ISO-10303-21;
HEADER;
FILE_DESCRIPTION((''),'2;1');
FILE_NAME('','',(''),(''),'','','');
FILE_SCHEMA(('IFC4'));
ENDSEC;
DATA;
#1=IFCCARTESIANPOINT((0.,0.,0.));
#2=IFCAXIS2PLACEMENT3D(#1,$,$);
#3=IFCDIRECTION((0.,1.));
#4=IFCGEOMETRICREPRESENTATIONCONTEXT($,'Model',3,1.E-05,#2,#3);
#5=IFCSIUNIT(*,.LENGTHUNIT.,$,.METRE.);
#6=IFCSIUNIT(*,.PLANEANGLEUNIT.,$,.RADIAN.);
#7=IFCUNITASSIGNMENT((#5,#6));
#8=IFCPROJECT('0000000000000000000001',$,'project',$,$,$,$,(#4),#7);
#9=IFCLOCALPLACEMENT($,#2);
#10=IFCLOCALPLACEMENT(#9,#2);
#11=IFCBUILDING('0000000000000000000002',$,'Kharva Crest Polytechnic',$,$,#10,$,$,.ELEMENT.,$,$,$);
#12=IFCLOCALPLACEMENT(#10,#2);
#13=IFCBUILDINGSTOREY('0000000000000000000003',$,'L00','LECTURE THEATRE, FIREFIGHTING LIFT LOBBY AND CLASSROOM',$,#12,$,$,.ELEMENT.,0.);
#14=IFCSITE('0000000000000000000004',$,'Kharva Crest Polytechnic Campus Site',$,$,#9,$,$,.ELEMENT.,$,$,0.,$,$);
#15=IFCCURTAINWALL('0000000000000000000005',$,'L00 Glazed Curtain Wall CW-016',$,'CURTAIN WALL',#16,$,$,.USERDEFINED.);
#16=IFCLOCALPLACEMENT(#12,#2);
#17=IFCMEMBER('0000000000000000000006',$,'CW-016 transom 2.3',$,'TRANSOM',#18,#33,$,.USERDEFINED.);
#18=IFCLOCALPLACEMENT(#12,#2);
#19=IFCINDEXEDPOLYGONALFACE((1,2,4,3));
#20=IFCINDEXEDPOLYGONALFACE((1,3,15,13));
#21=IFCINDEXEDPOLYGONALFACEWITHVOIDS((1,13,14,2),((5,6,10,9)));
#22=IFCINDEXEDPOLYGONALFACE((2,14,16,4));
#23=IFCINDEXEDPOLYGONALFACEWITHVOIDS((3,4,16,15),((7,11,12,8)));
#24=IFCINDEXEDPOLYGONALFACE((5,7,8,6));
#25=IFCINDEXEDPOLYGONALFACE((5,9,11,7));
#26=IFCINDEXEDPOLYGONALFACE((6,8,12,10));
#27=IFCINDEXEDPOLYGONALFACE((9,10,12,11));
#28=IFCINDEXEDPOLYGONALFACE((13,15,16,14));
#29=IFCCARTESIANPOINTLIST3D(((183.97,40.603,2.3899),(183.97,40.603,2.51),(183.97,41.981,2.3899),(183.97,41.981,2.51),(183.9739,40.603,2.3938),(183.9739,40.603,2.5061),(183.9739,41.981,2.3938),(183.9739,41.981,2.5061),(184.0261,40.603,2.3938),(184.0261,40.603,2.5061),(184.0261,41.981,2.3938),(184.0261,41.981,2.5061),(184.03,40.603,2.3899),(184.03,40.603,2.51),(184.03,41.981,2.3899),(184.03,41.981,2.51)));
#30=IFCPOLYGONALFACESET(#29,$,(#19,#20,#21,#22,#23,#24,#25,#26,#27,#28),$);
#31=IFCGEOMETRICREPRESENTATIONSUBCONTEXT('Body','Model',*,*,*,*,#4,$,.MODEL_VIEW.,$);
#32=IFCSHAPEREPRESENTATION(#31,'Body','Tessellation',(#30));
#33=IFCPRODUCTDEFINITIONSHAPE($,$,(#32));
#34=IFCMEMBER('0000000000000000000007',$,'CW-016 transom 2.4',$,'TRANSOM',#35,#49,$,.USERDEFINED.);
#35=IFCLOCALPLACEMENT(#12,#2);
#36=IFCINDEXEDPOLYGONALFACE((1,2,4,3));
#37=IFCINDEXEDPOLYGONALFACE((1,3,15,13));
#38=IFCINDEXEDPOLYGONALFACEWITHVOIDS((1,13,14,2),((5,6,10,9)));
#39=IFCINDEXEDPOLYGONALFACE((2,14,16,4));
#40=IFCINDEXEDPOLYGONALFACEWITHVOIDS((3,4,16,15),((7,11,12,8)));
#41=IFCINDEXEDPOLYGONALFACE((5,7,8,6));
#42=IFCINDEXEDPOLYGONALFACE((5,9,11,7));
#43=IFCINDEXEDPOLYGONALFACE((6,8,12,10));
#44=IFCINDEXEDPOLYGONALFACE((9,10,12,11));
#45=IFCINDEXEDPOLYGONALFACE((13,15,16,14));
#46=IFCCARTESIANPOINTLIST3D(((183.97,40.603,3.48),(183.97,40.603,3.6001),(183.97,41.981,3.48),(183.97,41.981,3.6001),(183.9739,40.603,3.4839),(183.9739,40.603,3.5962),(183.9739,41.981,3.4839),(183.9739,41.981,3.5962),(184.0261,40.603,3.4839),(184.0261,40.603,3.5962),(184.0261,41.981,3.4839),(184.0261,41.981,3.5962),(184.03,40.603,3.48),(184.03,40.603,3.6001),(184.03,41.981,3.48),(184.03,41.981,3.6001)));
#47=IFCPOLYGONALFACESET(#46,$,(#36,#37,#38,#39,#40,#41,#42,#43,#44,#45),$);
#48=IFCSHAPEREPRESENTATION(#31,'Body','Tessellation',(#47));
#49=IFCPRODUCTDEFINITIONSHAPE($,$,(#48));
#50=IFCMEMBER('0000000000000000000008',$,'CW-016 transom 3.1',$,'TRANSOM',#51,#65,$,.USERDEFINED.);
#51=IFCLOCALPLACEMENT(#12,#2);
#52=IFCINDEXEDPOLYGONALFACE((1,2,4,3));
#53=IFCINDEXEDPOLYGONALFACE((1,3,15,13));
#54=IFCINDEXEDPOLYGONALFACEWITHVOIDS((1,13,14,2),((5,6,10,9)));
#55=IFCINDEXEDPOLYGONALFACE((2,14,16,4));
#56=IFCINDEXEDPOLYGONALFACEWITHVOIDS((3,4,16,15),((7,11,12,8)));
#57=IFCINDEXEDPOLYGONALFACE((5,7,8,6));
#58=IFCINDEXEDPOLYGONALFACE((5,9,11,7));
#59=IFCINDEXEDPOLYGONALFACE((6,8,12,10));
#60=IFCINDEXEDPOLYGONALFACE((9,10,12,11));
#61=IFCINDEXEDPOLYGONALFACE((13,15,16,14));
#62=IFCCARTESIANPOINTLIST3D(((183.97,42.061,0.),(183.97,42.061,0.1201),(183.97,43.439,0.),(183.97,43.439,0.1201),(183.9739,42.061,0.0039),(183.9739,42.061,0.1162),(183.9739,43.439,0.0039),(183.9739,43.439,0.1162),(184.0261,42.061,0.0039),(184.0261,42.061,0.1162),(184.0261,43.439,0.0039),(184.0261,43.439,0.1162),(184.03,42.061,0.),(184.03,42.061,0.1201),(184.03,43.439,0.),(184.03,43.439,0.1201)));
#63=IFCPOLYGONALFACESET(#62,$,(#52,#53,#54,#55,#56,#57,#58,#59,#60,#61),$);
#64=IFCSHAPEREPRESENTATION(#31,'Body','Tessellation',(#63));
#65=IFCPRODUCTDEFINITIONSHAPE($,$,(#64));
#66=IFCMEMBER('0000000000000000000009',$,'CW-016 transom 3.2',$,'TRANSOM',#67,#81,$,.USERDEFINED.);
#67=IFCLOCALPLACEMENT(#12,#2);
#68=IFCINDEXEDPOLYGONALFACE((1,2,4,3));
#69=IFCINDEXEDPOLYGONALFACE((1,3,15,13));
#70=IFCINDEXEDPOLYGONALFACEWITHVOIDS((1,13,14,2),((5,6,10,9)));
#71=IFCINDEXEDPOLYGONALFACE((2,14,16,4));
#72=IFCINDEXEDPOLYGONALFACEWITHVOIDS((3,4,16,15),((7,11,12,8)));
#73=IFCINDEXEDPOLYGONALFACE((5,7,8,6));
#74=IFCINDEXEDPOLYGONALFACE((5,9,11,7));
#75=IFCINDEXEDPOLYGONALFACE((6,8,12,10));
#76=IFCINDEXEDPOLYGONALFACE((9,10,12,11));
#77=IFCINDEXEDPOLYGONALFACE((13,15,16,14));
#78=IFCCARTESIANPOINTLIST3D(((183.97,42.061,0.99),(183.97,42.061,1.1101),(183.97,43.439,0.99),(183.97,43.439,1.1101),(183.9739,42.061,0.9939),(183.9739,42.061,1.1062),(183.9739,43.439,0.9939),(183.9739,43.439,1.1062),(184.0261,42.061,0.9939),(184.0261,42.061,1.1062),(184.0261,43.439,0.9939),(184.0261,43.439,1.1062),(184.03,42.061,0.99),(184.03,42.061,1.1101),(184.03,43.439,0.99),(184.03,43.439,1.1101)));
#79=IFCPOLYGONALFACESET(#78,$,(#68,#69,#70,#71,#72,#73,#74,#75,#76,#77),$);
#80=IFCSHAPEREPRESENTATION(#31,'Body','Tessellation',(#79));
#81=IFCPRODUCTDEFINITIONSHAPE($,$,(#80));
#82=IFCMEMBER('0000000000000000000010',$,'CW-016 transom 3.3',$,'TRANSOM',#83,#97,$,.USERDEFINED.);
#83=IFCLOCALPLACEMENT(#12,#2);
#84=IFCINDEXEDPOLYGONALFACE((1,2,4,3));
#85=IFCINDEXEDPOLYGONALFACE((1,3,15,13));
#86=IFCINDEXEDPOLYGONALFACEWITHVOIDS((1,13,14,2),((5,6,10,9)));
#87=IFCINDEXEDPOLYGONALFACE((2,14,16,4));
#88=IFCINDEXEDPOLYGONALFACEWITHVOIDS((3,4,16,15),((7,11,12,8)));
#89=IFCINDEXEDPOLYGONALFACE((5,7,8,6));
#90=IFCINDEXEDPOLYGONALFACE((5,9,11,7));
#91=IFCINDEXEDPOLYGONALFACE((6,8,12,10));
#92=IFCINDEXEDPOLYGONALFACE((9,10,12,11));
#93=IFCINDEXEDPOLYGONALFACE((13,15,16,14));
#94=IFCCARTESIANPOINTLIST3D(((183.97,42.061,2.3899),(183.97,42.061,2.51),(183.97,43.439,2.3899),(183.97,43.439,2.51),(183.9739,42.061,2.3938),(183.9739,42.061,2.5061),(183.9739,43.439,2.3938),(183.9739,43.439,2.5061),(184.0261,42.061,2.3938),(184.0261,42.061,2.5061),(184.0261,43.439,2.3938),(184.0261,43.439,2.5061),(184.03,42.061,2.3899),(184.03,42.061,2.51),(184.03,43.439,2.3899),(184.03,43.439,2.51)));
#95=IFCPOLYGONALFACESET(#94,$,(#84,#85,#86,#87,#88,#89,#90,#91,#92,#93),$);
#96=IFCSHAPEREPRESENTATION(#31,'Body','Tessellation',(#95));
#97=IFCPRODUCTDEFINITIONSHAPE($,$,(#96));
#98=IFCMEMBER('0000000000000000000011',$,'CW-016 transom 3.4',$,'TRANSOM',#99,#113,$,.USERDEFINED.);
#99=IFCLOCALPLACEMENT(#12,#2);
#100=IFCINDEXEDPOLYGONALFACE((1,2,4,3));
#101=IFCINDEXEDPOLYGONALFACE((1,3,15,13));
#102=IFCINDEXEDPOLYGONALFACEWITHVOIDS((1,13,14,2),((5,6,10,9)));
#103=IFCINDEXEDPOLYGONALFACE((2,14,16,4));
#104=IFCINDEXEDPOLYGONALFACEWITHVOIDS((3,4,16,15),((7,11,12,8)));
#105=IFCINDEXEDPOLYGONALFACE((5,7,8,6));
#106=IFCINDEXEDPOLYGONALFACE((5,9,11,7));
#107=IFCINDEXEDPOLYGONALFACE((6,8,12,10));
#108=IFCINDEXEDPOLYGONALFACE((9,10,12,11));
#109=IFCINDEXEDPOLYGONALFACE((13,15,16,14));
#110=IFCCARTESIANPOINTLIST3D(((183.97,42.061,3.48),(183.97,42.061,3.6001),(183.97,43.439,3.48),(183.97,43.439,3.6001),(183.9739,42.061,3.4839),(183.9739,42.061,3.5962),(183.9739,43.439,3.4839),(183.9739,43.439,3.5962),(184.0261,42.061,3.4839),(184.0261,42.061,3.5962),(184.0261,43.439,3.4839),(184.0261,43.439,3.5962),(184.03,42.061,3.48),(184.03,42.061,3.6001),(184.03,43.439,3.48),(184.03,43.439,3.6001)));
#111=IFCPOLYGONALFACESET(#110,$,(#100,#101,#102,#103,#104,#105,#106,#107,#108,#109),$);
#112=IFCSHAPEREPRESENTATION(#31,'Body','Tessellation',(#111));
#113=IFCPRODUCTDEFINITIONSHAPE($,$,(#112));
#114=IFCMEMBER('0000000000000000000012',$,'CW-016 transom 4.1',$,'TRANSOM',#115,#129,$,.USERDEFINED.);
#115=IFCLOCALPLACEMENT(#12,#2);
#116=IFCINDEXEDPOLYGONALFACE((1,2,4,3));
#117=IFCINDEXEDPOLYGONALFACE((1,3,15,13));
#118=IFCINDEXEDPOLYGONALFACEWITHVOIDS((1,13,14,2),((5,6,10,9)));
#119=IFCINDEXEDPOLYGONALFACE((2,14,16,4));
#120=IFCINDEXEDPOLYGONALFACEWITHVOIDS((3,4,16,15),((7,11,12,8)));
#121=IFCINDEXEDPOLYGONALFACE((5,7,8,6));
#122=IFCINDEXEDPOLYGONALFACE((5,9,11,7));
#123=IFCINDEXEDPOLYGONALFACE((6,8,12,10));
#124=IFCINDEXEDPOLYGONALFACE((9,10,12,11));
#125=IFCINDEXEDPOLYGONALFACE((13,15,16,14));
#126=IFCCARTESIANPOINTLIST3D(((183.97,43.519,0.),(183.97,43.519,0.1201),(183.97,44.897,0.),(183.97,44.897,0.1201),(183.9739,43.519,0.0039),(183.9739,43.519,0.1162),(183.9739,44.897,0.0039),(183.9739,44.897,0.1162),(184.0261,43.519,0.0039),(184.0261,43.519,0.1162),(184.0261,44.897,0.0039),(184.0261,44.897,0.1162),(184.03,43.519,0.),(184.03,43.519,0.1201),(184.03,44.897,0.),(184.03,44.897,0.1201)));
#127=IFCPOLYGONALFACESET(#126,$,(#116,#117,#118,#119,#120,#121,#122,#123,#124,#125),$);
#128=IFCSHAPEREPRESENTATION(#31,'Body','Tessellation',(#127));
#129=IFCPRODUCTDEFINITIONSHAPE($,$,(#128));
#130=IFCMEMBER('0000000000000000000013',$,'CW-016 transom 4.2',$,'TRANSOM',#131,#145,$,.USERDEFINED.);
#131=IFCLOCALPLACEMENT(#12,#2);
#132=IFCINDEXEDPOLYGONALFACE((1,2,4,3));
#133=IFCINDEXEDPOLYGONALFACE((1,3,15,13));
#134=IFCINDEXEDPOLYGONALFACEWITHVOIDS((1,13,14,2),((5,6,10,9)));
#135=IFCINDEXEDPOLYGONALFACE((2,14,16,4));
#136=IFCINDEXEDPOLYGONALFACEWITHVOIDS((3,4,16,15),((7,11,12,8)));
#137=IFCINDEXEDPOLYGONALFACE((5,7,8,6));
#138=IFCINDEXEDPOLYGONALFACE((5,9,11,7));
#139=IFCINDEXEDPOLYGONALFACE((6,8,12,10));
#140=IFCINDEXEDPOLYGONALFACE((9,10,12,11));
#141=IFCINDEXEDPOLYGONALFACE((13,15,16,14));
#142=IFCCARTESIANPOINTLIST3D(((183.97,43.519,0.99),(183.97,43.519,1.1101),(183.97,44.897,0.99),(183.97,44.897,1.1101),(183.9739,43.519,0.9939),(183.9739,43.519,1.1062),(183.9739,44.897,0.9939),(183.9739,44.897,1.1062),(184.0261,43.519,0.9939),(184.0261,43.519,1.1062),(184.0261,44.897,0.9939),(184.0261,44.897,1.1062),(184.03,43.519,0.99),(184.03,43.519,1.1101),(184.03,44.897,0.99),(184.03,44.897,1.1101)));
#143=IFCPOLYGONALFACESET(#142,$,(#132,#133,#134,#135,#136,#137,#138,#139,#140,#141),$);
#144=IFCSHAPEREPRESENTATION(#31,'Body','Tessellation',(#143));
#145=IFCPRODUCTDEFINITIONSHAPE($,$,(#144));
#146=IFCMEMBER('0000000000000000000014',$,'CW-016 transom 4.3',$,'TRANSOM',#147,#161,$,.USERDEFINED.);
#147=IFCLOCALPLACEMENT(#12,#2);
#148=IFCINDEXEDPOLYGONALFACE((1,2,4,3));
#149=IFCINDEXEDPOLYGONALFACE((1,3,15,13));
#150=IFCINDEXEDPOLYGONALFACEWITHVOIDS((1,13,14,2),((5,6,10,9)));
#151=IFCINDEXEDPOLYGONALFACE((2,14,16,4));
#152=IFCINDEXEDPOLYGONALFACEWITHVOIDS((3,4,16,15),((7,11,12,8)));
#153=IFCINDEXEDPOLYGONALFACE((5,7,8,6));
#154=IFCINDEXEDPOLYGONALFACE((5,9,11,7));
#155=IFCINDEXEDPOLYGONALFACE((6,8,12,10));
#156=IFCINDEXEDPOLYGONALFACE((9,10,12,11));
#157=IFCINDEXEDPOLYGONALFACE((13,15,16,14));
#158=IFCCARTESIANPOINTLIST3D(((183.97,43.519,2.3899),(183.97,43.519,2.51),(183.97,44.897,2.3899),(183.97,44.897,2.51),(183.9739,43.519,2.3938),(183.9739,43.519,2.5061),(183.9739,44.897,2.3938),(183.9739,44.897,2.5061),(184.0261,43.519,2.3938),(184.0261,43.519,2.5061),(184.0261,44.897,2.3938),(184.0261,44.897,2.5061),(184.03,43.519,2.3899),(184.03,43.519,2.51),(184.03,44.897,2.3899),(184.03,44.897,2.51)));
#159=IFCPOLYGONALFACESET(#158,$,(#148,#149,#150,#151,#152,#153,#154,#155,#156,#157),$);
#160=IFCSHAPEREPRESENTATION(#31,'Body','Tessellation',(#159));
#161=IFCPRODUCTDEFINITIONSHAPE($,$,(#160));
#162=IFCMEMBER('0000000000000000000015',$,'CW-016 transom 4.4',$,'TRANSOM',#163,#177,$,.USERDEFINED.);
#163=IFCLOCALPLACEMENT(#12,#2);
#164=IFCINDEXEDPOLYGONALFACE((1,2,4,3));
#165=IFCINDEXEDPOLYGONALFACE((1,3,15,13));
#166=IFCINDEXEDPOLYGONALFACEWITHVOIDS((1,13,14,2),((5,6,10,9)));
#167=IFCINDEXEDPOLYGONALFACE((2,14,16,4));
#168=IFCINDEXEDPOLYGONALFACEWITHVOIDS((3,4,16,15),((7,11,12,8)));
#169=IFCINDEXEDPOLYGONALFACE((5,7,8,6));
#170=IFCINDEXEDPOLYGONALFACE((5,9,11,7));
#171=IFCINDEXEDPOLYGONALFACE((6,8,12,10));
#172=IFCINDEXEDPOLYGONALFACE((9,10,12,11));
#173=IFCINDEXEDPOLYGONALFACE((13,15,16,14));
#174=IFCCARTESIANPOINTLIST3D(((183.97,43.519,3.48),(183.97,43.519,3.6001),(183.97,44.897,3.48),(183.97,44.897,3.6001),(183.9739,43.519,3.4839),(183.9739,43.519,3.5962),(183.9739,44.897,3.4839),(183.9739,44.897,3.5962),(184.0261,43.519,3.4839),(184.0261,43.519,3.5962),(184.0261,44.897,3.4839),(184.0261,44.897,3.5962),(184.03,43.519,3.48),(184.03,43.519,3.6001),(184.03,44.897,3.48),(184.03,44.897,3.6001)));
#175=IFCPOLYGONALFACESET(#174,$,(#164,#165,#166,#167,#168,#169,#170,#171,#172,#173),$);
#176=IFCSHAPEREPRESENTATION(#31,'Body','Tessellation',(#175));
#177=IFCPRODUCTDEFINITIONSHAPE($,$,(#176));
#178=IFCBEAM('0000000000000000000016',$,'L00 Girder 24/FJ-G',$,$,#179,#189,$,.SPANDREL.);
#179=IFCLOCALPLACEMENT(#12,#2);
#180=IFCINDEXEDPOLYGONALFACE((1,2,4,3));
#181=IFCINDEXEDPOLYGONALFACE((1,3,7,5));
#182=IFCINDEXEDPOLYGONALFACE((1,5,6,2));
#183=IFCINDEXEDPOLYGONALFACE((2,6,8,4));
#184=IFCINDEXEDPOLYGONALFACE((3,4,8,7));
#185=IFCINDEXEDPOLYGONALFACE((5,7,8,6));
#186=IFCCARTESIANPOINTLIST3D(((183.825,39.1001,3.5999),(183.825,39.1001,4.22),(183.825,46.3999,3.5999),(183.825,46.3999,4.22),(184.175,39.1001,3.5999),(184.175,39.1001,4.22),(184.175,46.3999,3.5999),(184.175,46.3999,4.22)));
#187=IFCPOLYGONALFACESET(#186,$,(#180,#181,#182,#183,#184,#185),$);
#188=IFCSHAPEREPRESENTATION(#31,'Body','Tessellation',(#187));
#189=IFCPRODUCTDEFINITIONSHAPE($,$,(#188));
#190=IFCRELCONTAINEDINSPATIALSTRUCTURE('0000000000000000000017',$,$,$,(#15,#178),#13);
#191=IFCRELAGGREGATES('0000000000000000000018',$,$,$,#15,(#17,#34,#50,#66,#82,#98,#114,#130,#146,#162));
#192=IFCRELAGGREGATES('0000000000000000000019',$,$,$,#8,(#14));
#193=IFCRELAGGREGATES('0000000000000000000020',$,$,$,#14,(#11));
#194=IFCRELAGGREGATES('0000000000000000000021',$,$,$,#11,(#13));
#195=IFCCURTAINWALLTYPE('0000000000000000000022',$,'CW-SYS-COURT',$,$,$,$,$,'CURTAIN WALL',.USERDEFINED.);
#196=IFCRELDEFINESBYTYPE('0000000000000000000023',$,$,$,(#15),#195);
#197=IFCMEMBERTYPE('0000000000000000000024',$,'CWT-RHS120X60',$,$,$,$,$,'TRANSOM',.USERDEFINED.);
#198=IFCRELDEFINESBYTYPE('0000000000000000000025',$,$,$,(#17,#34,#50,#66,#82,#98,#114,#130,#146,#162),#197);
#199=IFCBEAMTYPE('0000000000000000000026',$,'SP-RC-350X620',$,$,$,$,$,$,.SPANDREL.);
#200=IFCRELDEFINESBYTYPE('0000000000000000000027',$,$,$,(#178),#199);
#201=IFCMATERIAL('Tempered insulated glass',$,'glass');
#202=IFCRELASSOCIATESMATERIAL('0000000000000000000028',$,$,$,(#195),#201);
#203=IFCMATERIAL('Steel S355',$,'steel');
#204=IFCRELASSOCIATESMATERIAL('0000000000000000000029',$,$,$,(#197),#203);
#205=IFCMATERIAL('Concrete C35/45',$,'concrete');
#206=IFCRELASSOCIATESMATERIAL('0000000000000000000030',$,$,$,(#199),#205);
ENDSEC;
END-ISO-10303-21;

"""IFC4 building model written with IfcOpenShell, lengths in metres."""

from ifc_helpers import new_model, si_unit, direction, frame, origin, origin_2d, place, context, subcontext, project, spatial, rectangle, hollow_rectangle, extrude, material, material_profile, profile_set, type_object, element, aggregate, save


model = new_model("IFC4")

# Units and contexts
model_context = context("Model", 3, precision=1e-05, world=origin(), true_north=direction((0.0, 1.0)))
body_context = subcontext(model_context, "Body", "Model", "MODEL_VIEW")
ifc_project = project(units=[si_unit("LENGTHUNIT", "METRE"), si_unit("PLANEANGLEUNIT", "RADIAN")], contexts=[model_context])

# Site, building, storey
site_placement = place(None, origin())
site = spatial("IfcSite", under=ifc_project, at=site_placement, Name="Kharva Crest Polytechnic Campus Site", CompositionType="ELEMENT", RefElevation=0.0)
building_placement = place(site_placement, origin())
building = spatial("IfcBuilding", under=site, at=building_placement, Name="Kharva Crest Polytechnic", CompositionType="ELEMENT")
storey_placement = place(building_placement, origin())
storey = spatial("IfcBuildingStorey", under=building, at=storey_placement, Name="L00", Description="LECTURE THEATRE, FIREFIGHTING LIFT LOBBY AND CLASSROOM", CompositionType="ELEMENT", Elevation=0.0)

# Shared definitions
ifc_material_1 = material(Name="Concrete C35/45", Category="concrete")

# Curtain wall, members
ifc_material_2 = material(Name="Tempered insulated glass", Category="glass")
curtain_wall_type = type_object("IfcCurtainWallType", Name="CW-SYS-COURT", ElementType="CURTAIN WALL", PredefinedType="USERDEFINED", material=ifc_material_2)
curtain_wall_placement = place(storey_placement, origin())
curtain_wall = element("IfcCurtainWall", 1, at=curtain_wall_placement, inside=storey, type_object=curtain_wall_type, Name="L00 Glazed Curtain Wall CW-016", ObjectType="CURTAIN WALL", PredefinedType="USERDEFINED")
ifc_material_3 = material(Name="Steel S355", Category="steel")
ifc_material_profile_1 = material_profile(ifc_material_3, hollow_rectangle(XDim=0.0601, YDim=0.1201, WallThickness=0.0039, at=origin_2d()), Name="RHS 120X60X4.0")
ifc_profile_set_1 = profile_set([ifc_material_profile_1], Name="Steel S355")
member_type_1 = type_object("IfcMemberType", Name="CWT-RHS120X60", ElementType="TRANSOM", PredefinedType="USERDEFINED", material=ifc_profile_set_1)
member_1_placement = place(storey_placement, frame((184.0, 40.603, 2.45), z_axis=(0.0, 1.0, 0.0), x_axis=(-1.0, 0.0, 0.0)))
member_1 = element("IfcMember", 2, at=member_1_placement, type_object=member_type_1, Name="CW-016 transom 2.3", ObjectType="TRANSOM", PredefinedType="USERDEFINED", context=body_context, shape_type="SweptSolid", body=[
    extrude(hollow_rectangle(XDim=0.0601, YDim=0.1201, WallThickness=0.0039, at=origin_2d()), origin(), (0.0, 0.0, 1.0), 1.3779),
])
member_2_placement = place(storey_placement, frame((184.0, 40.603, 3.54), z_axis=(0.0, 1.0, 0.0), x_axis=(-1.0, 0.0, 0.0)))
member_2 = element("IfcMember", 3, at=member_2_placement, type_object=member_type_1, Name="CW-016 transom 2.4", ObjectType="TRANSOM", PredefinedType="USERDEFINED", context=body_context, shape_type="SweptSolid", body=[
    extrude(hollow_rectangle(XDim=0.0601, YDim=0.1201, WallThickness=0.0039, at=origin_2d()), origin(), (0.0, 0.0, 1.0), 1.3779),
])
member_3_placement = place(storey_placement, frame((184.0, 42.061, 0.0601), z_axis=(0.0, 1.0, 0.0), x_axis=(-1.0, 0.0, 0.0)))
member_3 = element("IfcMember", 4, at=member_3_placement, type_object=member_type_1, Name="CW-016 transom 3.1", ObjectType="TRANSOM", PredefinedType="USERDEFINED", context=body_context, shape_type="SweptSolid", body=[
    extrude(hollow_rectangle(XDim=0.0601, YDim=0.1201, WallThickness=0.0039, at=origin_2d()), origin(), (0.0, 0.0, 1.0), 1.3779),
])
member_4_placement = place(storey_placement, frame((184.0, 42.061, 1.05), z_axis=(0.0, 1.0, 0.0), x_axis=(-1.0, 0.0, 0.0)))
member_4 = element("IfcMember", 5, at=member_4_placement, type_object=member_type_1, Name="CW-016 transom 3.2", ObjectType="TRANSOM", PredefinedType="USERDEFINED", context=body_context, shape_type="SweptSolid", body=[
    extrude(hollow_rectangle(XDim=0.0601, YDim=0.1201, WallThickness=0.0039, at=origin_2d()), origin(), (0.0, 0.0, 1.0), 1.3779),
])
member_5_placement = place(storey_placement, frame((184.0, 42.061, 2.45), z_axis=(0.0, 1.0, 0.0), x_axis=(-1.0, 0.0, 0.0)))
member_5 = element("IfcMember", 6, at=member_5_placement, type_object=member_type_1, Name="CW-016 transom 3.3", ObjectType="TRANSOM", PredefinedType="USERDEFINED", context=body_context, shape_type="SweptSolid", body=[
    extrude(hollow_rectangle(XDim=0.0601, YDim=0.1201, WallThickness=0.0039, at=origin_2d()), origin(), (0.0, 0.0, 1.0), 1.3779),
])
member_6_placement = place(storey_placement, frame((184.0, 42.061, 3.54), z_axis=(0.0, 1.0, 0.0), x_axis=(-1.0, 0.0, 0.0)))
member_6 = element("IfcMember", 7, at=member_6_placement, type_object=member_type_1, Name="CW-016 transom 3.4", ObjectType="TRANSOM", PredefinedType="USERDEFINED", context=body_context, shape_type="SweptSolid", body=[
    extrude(hollow_rectangle(XDim=0.0601, YDim=0.1201, WallThickness=0.0039, at=origin_2d()), origin(), (0.0, 0.0, 1.0), 1.3779),
])
member_7_placement = place(storey_placement, frame((184.0, 43.519, 0.0601), z_axis=(0.0, 1.0, 0.0), x_axis=(-1.0, 0.0, 0.0)))
member_7 = element("IfcMember", 8, at=member_7_placement, type_object=member_type_1, Name="CW-016 transom 4.1", ObjectType="TRANSOM", PredefinedType="USERDEFINED", context=body_context, shape_type="SweptSolid", body=[
    extrude(hollow_rectangle(XDim=0.0601, YDim=0.1201, WallThickness=0.0039, at=origin_2d()), origin(), (0.0, 0.0, 1.0), 1.3779),
])
member_8_placement = place(storey_placement, frame((184.0, 43.519, 1.05), z_axis=(0.0, 1.0, 0.0), x_axis=(-1.0, 0.0, 0.0)))
member_8 = element("IfcMember", 9, at=member_8_placement, type_object=member_type_1, Name="CW-016 transom 4.2", ObjectType="TRANSOM", PredefinedType="USERDEFINED", context=body_context, shape_type="SweptSolid", body=[
    extrude(hollow_rectangle(XDim=0.0601, YDim=0.1201, WallThickness=0.0039, at=origin_2d()), origin(), (0.0, 0.0, 1.0), 1.3779),
])
member_9_placement = place(storey_placement, frame((184.0, 43.519, 2.45), z_axis=(0.0, 1.0, 0.0), x_axis=(-1.0, 0.0, 0.0)))
member_9 = element("IfcMember", 10, at=member_9_placement, type_object=member_type_1, Name="CW-016 transom 4.3", ObjectType="TRANSOM", PredefinedType="USERDEFINED", context=body_context, shape_type="SweptSolid", body=[
    extrude(hollow_rectangle(XDim=0.0601, YDim=0.1201, WallThickness=0.0039, at=origin_2d()), origin(), (0.0, 0.0, 1.0), 1.3779),
])
member_10_placement = place(storey_placement, frame((184.0, 43.519, 3.54), z_axis=(0.0, 1.0, 0.0), x_axis=(-1.0, 0.0, 0.0)))
member_10 = element("IfcMember", 11, at=member_10_placement, type_object=member_type_1, Name="CW-016 transom 4.4", ObjectType="TRANSOM", PredefinedType="USERDEFINED", context=body_context, shape_type="SweptSolid", body=[
    extrude(hollow_rectangle(XDim=0.0601, YDim=0.1201, WallThickness=0.0039, at=origin_2d()), origin(), (0.0, 0.0, 1.0), 1.3779),
])

# Beam
ifc_material_profile_2 = material_profile(ifc_material_1, rectangle(XDim=0.3501, YDim=0.6201, at=origin_2d()), Name="RECT 350 X 620")
ifc_profile_set_2 = profile_set([ifc_material_profile_2], Name="Concrete C35/45")
beam_type = type_object("IfcBeamType", Name="SP-RC-350X620", PredefinedType="SPANDREL", material=ifc_profile_set_2)
beam_placement = place(storey_placement, frame((184.0, 39.1001, 3.9099), z_axis=(0.0, 1.0, 0.0), x_axis=(-1.0, 0.0, 0.0)))
element("IfcBeam", 12, at=beam_placement, inside=storey, type_object=beam_type, Name="L00 Girder 24/FJ-G", PredefinedType="SPANDREL", context=body_context, shape_type="SweptSolid", body=[
    extrude(rectangle(XDim=0.3501, YDim=0.6201, at=origin_2d()), origin(), (0.0, 0.0, 1.0), 7.2998),
])

aggregate(curtain_wall, [member_1, member_2, member_3, member_4, member_5, member_6, member_7, member_8, member_9, member_10])

save(model, "model.ifc")
